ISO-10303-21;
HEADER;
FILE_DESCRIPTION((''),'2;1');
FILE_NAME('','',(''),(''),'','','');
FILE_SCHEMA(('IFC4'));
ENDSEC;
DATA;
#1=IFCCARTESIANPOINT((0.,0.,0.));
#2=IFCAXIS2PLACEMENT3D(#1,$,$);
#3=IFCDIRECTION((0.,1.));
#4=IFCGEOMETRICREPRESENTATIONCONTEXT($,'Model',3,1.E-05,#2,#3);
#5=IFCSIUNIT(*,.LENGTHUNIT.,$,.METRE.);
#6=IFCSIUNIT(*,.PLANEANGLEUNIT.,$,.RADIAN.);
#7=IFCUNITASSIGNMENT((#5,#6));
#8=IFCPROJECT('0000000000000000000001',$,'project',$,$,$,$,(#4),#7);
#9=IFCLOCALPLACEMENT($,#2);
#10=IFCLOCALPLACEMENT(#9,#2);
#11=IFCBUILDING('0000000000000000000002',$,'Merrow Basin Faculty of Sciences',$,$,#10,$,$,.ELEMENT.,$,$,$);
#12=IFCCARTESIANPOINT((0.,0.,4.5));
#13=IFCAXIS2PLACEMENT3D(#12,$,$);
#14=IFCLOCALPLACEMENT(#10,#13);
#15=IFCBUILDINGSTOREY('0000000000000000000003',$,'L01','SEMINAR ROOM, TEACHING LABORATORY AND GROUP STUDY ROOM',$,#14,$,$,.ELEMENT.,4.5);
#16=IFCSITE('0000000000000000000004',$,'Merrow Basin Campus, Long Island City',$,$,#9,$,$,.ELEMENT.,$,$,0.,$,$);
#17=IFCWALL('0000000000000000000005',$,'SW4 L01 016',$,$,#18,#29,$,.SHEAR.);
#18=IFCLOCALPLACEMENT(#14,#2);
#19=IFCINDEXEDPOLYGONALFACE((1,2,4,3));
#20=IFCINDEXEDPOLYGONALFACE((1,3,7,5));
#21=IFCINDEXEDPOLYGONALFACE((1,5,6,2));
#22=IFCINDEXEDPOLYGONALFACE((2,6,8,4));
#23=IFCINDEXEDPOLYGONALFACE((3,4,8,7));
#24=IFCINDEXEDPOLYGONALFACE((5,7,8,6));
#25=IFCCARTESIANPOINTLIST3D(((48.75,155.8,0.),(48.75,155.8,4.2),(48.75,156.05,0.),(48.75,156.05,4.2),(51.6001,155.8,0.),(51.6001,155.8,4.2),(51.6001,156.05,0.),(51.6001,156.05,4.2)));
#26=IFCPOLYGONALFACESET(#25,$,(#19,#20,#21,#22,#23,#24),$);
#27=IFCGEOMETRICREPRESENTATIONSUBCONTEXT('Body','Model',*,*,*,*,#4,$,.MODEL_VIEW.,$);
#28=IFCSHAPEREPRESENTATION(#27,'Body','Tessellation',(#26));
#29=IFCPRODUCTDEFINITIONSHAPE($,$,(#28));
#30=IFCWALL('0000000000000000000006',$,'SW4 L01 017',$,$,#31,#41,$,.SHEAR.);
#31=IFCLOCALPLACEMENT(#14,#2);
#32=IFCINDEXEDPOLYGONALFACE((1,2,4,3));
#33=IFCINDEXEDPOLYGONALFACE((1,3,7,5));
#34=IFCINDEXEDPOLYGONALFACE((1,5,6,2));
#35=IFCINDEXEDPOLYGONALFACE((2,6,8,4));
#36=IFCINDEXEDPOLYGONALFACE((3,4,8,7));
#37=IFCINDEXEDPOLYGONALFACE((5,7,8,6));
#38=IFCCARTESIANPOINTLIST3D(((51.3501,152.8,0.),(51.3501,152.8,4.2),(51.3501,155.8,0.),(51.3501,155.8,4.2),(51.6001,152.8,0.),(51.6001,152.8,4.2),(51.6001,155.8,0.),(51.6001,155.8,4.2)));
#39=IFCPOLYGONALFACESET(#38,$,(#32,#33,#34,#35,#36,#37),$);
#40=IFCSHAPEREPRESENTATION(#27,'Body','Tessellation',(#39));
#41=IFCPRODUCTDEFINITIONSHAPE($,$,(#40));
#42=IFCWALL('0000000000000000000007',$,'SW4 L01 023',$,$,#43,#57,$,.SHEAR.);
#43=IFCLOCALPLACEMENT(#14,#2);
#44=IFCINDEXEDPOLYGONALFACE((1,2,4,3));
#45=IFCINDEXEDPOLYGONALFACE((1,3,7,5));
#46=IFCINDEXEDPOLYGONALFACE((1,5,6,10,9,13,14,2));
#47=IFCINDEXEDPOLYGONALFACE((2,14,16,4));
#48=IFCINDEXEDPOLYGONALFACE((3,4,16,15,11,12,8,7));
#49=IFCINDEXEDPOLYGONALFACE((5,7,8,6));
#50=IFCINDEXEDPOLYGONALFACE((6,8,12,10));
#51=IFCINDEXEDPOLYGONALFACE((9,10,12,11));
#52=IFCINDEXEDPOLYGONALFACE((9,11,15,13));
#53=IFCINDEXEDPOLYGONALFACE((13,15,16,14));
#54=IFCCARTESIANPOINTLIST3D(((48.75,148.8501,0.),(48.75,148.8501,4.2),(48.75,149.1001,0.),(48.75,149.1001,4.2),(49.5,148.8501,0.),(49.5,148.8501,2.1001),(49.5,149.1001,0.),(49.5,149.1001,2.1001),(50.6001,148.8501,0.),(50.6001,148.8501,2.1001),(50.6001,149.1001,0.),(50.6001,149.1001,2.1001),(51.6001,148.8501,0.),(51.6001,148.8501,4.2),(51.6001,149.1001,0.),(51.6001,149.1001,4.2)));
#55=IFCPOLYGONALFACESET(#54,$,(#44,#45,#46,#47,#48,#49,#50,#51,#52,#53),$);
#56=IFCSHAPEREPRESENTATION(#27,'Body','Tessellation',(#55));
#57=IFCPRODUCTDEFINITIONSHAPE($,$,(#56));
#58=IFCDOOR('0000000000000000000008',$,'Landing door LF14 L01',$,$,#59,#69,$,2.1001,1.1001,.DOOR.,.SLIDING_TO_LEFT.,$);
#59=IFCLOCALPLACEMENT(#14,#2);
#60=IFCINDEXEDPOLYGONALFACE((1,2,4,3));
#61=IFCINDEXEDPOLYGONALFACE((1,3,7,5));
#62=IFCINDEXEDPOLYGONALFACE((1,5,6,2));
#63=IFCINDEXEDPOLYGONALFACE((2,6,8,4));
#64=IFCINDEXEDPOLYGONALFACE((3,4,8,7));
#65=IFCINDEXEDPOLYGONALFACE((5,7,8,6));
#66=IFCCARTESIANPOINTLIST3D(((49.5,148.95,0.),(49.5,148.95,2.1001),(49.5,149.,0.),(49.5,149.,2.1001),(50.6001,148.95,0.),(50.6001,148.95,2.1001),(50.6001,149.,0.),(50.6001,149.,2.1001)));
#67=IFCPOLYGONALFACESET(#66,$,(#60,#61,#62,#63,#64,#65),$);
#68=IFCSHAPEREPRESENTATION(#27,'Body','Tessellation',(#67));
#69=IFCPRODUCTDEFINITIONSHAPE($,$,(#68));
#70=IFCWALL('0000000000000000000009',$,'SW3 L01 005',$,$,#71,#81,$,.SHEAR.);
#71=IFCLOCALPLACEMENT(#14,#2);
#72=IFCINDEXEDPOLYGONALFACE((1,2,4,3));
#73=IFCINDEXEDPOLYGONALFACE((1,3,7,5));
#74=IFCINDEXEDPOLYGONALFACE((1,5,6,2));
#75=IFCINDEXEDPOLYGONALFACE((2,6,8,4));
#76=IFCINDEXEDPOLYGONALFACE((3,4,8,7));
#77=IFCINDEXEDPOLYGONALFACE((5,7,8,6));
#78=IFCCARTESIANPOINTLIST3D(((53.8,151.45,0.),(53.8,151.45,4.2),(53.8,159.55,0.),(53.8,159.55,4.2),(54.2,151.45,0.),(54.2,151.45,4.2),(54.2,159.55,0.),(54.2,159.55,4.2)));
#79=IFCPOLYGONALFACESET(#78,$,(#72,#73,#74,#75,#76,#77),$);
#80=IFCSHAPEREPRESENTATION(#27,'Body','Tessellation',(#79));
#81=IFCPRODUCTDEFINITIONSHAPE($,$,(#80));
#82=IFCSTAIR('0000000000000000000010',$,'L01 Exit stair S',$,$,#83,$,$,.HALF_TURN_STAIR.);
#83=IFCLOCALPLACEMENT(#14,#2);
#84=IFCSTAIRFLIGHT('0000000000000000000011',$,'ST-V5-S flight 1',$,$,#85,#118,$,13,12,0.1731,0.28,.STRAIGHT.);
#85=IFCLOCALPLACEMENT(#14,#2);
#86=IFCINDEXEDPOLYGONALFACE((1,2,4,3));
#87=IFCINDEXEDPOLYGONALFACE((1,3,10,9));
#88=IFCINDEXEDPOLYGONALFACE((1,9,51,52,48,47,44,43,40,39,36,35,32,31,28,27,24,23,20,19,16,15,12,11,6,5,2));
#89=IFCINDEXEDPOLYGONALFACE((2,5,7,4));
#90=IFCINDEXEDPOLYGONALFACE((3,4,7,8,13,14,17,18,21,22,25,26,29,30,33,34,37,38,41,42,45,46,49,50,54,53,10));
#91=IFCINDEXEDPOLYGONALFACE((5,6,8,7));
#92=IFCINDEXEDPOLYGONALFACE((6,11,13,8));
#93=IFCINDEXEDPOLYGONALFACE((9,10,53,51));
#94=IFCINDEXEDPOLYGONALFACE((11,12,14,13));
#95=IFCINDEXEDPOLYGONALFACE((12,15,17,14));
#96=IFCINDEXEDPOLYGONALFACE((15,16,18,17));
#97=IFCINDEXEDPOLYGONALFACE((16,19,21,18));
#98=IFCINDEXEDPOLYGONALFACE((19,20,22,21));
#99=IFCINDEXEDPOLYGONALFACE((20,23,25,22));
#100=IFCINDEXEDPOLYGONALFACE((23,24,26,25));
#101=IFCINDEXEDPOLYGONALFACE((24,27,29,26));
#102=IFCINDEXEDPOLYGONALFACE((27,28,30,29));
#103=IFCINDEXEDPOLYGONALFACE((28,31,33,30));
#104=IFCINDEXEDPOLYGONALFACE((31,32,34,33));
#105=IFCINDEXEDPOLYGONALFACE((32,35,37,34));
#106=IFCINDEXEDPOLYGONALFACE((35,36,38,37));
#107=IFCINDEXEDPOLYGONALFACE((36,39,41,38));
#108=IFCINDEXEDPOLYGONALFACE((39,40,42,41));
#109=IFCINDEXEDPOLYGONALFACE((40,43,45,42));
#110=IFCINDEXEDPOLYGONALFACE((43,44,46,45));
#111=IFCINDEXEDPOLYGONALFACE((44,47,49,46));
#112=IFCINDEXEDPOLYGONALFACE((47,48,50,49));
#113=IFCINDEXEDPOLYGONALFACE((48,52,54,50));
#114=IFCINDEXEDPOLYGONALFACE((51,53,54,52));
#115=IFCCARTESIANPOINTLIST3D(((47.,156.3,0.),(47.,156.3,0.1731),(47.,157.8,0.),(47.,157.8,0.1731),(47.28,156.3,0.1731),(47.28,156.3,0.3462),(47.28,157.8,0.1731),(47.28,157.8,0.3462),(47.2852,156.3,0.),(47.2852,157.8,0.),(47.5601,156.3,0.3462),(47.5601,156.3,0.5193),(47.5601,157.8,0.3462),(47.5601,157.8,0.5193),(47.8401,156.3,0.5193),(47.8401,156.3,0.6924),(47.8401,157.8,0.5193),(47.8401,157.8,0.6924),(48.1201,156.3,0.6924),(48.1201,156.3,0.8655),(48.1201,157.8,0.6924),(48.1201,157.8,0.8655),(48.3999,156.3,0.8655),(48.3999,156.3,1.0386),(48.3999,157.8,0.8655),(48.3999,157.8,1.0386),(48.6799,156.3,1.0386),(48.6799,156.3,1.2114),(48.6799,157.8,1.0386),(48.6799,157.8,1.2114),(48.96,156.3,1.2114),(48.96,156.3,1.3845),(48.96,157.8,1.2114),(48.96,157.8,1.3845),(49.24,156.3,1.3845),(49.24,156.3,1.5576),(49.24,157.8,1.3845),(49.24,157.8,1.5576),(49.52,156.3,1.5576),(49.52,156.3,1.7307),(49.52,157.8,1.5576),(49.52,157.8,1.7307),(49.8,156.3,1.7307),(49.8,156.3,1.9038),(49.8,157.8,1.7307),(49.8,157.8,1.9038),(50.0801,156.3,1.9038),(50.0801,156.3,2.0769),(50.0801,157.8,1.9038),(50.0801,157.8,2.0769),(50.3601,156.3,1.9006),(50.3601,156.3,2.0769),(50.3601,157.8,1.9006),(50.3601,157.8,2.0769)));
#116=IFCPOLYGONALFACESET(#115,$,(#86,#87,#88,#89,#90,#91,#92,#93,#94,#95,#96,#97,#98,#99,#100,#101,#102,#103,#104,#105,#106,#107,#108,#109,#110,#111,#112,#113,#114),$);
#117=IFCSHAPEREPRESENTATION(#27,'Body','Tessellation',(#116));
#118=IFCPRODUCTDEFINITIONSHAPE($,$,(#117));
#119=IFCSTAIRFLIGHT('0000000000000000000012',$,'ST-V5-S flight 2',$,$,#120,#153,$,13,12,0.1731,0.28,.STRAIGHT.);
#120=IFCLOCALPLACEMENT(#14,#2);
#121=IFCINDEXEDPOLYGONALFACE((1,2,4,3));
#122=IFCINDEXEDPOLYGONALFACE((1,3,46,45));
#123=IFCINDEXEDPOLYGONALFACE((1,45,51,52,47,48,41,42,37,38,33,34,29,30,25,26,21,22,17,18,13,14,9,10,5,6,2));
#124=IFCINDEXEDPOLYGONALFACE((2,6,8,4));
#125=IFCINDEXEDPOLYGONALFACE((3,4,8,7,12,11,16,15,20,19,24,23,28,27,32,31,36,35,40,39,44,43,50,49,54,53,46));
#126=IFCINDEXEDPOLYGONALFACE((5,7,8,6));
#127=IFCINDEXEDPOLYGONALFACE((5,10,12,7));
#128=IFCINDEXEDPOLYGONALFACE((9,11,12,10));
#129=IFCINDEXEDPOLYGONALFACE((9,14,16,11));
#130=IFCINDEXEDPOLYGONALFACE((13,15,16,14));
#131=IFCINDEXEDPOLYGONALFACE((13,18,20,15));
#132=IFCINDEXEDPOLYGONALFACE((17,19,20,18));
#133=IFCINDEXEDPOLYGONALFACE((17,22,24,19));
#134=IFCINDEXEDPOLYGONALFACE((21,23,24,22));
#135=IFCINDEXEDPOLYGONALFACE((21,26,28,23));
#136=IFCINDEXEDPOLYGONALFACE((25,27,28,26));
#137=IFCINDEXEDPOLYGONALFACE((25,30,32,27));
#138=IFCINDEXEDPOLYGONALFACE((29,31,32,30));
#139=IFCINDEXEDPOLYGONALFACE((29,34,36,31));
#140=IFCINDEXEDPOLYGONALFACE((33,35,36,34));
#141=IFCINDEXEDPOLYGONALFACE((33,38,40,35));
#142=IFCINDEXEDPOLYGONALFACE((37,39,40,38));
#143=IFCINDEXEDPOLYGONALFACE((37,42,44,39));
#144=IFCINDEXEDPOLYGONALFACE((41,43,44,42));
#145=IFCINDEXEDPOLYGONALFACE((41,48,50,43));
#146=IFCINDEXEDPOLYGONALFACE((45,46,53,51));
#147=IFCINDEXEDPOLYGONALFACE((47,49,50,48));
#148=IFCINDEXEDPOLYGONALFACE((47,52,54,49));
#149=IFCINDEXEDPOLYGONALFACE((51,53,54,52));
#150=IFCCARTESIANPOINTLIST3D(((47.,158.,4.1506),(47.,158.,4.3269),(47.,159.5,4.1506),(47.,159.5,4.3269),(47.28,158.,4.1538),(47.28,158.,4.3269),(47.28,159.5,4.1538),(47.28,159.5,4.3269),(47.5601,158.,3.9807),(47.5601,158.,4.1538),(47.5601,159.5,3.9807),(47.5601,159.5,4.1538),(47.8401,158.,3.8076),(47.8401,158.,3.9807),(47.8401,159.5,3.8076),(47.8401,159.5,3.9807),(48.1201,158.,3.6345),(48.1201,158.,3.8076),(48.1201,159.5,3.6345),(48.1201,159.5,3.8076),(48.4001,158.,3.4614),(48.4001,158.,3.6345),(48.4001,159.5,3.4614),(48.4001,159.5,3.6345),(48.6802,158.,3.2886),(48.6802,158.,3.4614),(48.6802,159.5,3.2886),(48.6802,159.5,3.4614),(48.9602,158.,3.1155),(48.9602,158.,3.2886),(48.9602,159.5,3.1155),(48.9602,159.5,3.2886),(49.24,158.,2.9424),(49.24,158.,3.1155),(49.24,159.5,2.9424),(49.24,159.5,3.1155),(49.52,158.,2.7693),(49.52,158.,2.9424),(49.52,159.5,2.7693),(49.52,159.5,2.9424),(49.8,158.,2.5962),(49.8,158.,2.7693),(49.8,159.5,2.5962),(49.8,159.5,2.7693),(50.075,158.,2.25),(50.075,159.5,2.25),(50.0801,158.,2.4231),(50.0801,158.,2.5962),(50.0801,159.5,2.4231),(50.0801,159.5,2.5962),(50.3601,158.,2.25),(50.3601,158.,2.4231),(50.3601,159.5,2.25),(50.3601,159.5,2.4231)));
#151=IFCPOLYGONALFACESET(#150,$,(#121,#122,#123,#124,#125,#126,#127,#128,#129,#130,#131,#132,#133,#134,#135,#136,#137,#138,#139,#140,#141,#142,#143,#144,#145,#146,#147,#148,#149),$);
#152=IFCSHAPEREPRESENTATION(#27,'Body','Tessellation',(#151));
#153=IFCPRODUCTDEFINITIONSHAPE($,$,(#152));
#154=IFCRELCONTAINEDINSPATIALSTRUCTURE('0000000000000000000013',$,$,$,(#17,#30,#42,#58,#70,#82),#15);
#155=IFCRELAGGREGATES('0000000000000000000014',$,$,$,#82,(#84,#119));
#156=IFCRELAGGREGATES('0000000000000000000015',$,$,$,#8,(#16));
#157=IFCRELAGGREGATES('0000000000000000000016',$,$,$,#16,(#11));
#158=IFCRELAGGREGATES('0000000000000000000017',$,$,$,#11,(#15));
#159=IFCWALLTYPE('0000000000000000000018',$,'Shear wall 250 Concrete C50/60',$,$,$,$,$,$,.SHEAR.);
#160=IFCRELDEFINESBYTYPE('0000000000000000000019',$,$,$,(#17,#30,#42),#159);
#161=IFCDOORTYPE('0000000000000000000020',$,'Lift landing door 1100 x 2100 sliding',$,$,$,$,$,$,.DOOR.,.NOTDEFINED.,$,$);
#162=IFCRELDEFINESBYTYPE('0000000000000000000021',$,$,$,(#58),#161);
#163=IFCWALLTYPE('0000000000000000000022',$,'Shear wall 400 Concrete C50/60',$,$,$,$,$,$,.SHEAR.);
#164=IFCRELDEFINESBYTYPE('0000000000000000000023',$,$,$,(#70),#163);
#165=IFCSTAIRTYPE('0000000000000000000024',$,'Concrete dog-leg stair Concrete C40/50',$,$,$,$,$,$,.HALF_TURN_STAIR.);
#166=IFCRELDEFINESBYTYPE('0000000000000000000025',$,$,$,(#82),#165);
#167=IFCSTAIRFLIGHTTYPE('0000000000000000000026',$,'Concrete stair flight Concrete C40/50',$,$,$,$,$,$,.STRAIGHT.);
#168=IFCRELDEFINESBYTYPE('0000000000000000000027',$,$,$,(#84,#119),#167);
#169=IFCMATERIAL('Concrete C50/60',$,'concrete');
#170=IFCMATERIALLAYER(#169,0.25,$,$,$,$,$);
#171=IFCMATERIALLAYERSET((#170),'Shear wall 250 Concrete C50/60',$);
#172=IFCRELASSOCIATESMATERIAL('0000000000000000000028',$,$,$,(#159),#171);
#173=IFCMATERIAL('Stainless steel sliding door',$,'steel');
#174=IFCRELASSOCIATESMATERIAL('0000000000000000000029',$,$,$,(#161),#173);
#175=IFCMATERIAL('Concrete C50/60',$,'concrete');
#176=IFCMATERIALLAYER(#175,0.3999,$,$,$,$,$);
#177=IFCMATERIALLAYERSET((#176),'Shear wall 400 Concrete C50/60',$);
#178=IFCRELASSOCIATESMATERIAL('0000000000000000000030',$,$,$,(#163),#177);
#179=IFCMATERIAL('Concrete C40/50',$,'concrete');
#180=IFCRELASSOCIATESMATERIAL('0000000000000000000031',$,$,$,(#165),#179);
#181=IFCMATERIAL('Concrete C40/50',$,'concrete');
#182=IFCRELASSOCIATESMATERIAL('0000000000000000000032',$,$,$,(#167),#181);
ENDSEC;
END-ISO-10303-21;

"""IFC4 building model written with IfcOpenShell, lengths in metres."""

from ifc_helpers import new_model, si_unit, direction, frame, frame_2d, origin, place, context, subcontext, project, spatial, polyline, rectangle, outline, extrude, material, layer, layer_set, type_object, element, fill, aggregate, save


model = new_model("IFC4")

# Units and contexts
model_context = context("Model", 3, precision=1e-05, world=origin(), true_north=direction((0.0, 1.0)))
body_context = subcontext(model_context, "Body", "Model", "MODEL_VIEW")
ifc_project = project(units=[si_unit("LENGTHUNIT", "METRE"), si_unit("PLANEANGLEUNIT", "RADIAN")], contexts=[model_context])

# Site, building, storey
site_placement = place(None, origin())
site = spatial("IfcSite", under=ifc_project, at=site_placement, Name="Merrow Basin Campus, Long Island City", CompositionType="ELEMENT", RefElevation=0.0)
building_placement = place(site_placement, origin())
building = spatial("IfcBuilding", under=site, at=building_placement, Name="Merrow Basin Faculty of Sciences", CompositionType="ELEMENT")
storey_placement = place(building_placement, frame((0.0, 0.0, 4.5)))
storey = spatial("IfcBuildingStorey", under=building, at=storey_placement, Name="L01", Description="SEMINAR ROOM, TEACHING LABORATORY AND GROUP STUDY ROOM", CompositionType="ELEMENT", Elevation=4.5)

# Shared definitions
ifc_material_1 = material(Name="Concrete C50/60", Category="concrete")
ifc_layer_1 = layer(ifc_material_1, 0.25)
ifc_layer_set_1 = layer_set([ifc_layer_1], Name="Shear wall 250 Concrete C50/60")
wall_type_1 = type_object("IfcWallType", Name="Shear wall 250 Concrete C50/60", PredefinedType="SHEAR", material=ifc_layer_set_1)

# Shared definitions
ifc_material_2 = material(Name="Stainless steel sliding door", Category="steel")
door_type = type_object("IfcDoorType", Name="Lift landing door 1100 x 2100 sliding", OperationType="NOTDEFINED", PredefinedType="DOOR", material=ifc_material_2)

# Walls
wall_1_placement = place(storey_placement, frame((48.75, 155.925, 0.0), z_axis=(0.0, 0.0, 1.0), x_axis=(1.0, 0.0, 0.0)))
element("IfcWall", 1, at=wall_1_placement, inside=storey, type_object=wall_type_1, Name="SW4 L01 016", PredefinedType="SHEAR", context=body_context, shape_type="SweptSolid", body=[
    extrude(rectangle(XDim=2.8501, YDim=0.25, at=frame_2d((1.425, 0.0))), origin(), (0.0, 0.0, 1.0), 4.2),
])
wall_2_placement = place(storey_placement, frame((51.4751, 152.8, 0.0), z_axis=(0.0, 0.0, 1.0), x_axis=(0.0, 1.0, 0.0)))
element("IfcWall", 2, at=wall_2_placement, inside=storey, type_object=wall_type_1, Name="SW4 L01 017", PredefinedType="SHEAR", context=body_context, shape_type="SweptSolid", body=[
    extrude(rectangle(XDim=3.0, YDim=0.25, at=frame_2d((1.5, 0.0))), origin(), (0.0, 0.0, 1.0), 4.2),
])

# Wall, opening, door
wall_3_placement = place(storey_placement, frame((48.75, 148.9751, 0.0), z_axis=(0.0, 0.0, 1.0), x_axis=(1.0, 0.0, 0.0)))
wall_3 = element("IfcWall", 3, at=wall_3_placement, inside=storey, type_object=wall_type_1, Name="SW4 L01 023", PredefinedType="SHEAR", context=body_context, shape_type="SweptSolid", body=[
    extrude(rectangle(XDim=2.8501, YDim=0.25, at=frame_2d((1.425, 0.0))), origin(), (0.0, 0.0, 1.0), 4.2),
])
opening_1_placement = place(wall_3_placement, frame((0.75, 0.0, 0.0)))
opening_1 = element("IfcOpeningElement", 4, at=opening_1_placement, cuts=wall_3, PredefinedType="OPENING", context=body_context, shape_type="SweptSolid", body=[
    extrude(rectangle(XDim=1.1001, YDim=2.1001, at=frame_2d((0.55, 1.05))), frame((0.0, 0.135, 0.0), z_axis=(0.0, -1.0, 0.0), x_axis=(1.0, 0.0, 0.0)), (0.0, 0.0, 1.0), 0.27),
])
door_1_placement = place(opening_1_placement, origin())
door_1 = element("IfcDoor", 5, at=door_1_placement, inside=storey, type_object=door_type, Name="Landing door LF14 L01", OperationType="SLIDING_TO_LEFT", OverallHeight=2.1001, OverallWidth=1.1001, PredefinedType="DOOR", context=body_context, shape_type="SweptSolid", body=[
    extrude(rectangle(XDim=1.1001, YDim=2.1001, at=frame_2d((0.55, 1.05))), frame((0.0, 0.0249, 0.0), z_axis=(0.0, -1.0, 0.0), x_axis=(1.0, 0.0, 0.0)), (0.0, 0.0, 1.0), 0.05),
])
fill(opening_1, door_1)

# Wall
ifc_material_3 = material(Name="Concrete C50/60", Category="concrete")
ifc_layer_2 = layer(ifc_material_3, 0.3999)
ifc_layer_set_2 = layer_set([ifc_layer_2], Name="Shear wall 400 Concrete C50/60")
wall_type_2 = type_object("IfcWallType", Name="Shear wall 400 Concrete C50/60", PredefinedType="SHEAR", material=ifc_layer_set_2)
wall_4_placement = place(storey_placement, frame((54.0, 151.45, 0.0), z_axis=(0.0, 0.0, 1.0), x_axis=(0.0, 1.0, 0.0)))
element("IfcWall", 6, at=wall_4_placement, inside=storey, type_object=wall_type_2, Name="SW3 L01 005", PredefinedType="SHEAR", context=body_context, shape_type="SweptSolid", body=[
    extrude(rectangle(XDim=8.1001, YDim=0.3999, at=frame_2d((4.05, 0.0))), origin(), (0.0, 0.0, 1.0), 4.2),
])

# Stair, stair flights
ifc_material_4 = material(Name="Concrete C40/50", Category="concrete")
stair_type = type_object("IfcStairType", Name="Concrete dog-leg stair Concrete C40/50", PredefinedType="HALF_TURN_STAIR", material=ifc_material_4)
stair_placement = place(storey_placement, origin())
stair = element("IfcStair", 7, at=stair_placement, inside=storey, type_object=stair_type, Name="L01 Exit stair S", PredefinedType="HALF_TURN_STAIR")
ifc_material_5 = material(Name="Concrete C40/50", Category="concrete")
stair_flight_type = type_object("IfcStairFlightType", Name="Concrete stair flight Concrete C40/50", PredefinedType="STRAIGHT", material=ifc_material_5)
stair_flight_1_placement = place(storey_placement, frame((47.0, 157.05, 0.0), z_axis=(0.0, 0.0, 1.0), x_axis=(1.0, 0.0, 0.0)))
stair_flight_1 = element("IfcStairFlight", 8, at=stair_flight_1_placement, type_object=stair_flight_type, Name="ST-V5-S flight 1", NumberOfRisers=13, NumberOfTreads=12, PredefinedType="STRAIGHT", RiserHeight=0.1731, TreadLength=0.28, context=body_context, shape_type="SweptSolid", body=[
    extrude(outline(polyline([(0.0, 0.0), (0.0, 0.1731), (0.28, 0.1731), (0.28, 0.3462), (0.5601, 0.3462), (0.5601, 0.5193), (0.8401, 0.5193), (0.8401, 0.6924), (1.1201, 0.6924), (1.1201, 0.8655), (1.3999, 0.8655), (1.3999, 1.0386), (1.6799, 1.0386), (1.6799, 1.2114), (1.96, 1.2114), (1.96, 1.3845), (2.24, 1.3845), (2.24, 1.5576), (2.52, 1.5576), (2.52, 1.7307), (2.8, 1.7307), (2.8, 1.9038), (3.0801, 1.9038), (3.0801, 2.0769), (3.3601, 2.0769), (3.3601, 2.25), (3.3601, 1.9006), (0.2852, 0.0), (0.0, 0.0)])), frame((0.0, 0.75, 0.0), z_axis=(0.0, -1.0, 0.0), x_axis=(1.0, 0.0, 0.0)), (0.0, 0.0, 1.0), 1.5),
])
stair_flight_2_placement = place(storey_placement, frame((50.3601, 158.75, 2.25), z_axis=(0.0, 0.0, 1.0), x_axis=(-1.0, 0.0, 0.0)))
stair_flight_2 = element("IfcStairFlight", 9, at=stair_flight_2_placement, type_object=stair_flight_type, Name="ST-V5-S flight 2", NumberOfRisers=13, NumberOfTreads=12, PredefinedType="STRAIGHT", RiserHeight=0.1731, TreadLength=0.28, context=body_context, shape_type="SweptSolid", body=[
    extrude(outline(polyline([(0.0, 0.0), (0.0, 0.1731), (0.28, 0.1731), (0.28, 0.3462), (0.5601, 0.3462), (0.5601, 0.5193), (0.8401, 0.5193), (0.8401, 0.6924), (1.1201, 0.6924), (1.1201, 0.8655), (1.3999, 0.8655), (1.3999, 1.0386), (1.6799, 1.0386), (1.6799, 1.2114), (1.96, 1.2114), (1.96, 1.3845), (2.24, 1.3845), (2.24, 1.5576), (2.52, 1.5576), (2.52, 1.7307), (2.8, 1.7307), (2.8, 1.9038), (3.0801, 1.9038), (3.0801, 2.0769), (3.3601, 2.0769), (3.3601, 2.25), (3.3601, 1.9006), (0.2852, 0.0), (0.0, 0.0)])), frame((0.0, 0.75, 0.0), z_axis=(0.0, -1.0, 0.0), x_axis=(1.0, 0.0, 0.0)), (0.0, 0.0, 1.0), 1.5),
])
aggregate(stair, [stair_flight_1, stair_flight_2])

save(model, "model.ifc")
